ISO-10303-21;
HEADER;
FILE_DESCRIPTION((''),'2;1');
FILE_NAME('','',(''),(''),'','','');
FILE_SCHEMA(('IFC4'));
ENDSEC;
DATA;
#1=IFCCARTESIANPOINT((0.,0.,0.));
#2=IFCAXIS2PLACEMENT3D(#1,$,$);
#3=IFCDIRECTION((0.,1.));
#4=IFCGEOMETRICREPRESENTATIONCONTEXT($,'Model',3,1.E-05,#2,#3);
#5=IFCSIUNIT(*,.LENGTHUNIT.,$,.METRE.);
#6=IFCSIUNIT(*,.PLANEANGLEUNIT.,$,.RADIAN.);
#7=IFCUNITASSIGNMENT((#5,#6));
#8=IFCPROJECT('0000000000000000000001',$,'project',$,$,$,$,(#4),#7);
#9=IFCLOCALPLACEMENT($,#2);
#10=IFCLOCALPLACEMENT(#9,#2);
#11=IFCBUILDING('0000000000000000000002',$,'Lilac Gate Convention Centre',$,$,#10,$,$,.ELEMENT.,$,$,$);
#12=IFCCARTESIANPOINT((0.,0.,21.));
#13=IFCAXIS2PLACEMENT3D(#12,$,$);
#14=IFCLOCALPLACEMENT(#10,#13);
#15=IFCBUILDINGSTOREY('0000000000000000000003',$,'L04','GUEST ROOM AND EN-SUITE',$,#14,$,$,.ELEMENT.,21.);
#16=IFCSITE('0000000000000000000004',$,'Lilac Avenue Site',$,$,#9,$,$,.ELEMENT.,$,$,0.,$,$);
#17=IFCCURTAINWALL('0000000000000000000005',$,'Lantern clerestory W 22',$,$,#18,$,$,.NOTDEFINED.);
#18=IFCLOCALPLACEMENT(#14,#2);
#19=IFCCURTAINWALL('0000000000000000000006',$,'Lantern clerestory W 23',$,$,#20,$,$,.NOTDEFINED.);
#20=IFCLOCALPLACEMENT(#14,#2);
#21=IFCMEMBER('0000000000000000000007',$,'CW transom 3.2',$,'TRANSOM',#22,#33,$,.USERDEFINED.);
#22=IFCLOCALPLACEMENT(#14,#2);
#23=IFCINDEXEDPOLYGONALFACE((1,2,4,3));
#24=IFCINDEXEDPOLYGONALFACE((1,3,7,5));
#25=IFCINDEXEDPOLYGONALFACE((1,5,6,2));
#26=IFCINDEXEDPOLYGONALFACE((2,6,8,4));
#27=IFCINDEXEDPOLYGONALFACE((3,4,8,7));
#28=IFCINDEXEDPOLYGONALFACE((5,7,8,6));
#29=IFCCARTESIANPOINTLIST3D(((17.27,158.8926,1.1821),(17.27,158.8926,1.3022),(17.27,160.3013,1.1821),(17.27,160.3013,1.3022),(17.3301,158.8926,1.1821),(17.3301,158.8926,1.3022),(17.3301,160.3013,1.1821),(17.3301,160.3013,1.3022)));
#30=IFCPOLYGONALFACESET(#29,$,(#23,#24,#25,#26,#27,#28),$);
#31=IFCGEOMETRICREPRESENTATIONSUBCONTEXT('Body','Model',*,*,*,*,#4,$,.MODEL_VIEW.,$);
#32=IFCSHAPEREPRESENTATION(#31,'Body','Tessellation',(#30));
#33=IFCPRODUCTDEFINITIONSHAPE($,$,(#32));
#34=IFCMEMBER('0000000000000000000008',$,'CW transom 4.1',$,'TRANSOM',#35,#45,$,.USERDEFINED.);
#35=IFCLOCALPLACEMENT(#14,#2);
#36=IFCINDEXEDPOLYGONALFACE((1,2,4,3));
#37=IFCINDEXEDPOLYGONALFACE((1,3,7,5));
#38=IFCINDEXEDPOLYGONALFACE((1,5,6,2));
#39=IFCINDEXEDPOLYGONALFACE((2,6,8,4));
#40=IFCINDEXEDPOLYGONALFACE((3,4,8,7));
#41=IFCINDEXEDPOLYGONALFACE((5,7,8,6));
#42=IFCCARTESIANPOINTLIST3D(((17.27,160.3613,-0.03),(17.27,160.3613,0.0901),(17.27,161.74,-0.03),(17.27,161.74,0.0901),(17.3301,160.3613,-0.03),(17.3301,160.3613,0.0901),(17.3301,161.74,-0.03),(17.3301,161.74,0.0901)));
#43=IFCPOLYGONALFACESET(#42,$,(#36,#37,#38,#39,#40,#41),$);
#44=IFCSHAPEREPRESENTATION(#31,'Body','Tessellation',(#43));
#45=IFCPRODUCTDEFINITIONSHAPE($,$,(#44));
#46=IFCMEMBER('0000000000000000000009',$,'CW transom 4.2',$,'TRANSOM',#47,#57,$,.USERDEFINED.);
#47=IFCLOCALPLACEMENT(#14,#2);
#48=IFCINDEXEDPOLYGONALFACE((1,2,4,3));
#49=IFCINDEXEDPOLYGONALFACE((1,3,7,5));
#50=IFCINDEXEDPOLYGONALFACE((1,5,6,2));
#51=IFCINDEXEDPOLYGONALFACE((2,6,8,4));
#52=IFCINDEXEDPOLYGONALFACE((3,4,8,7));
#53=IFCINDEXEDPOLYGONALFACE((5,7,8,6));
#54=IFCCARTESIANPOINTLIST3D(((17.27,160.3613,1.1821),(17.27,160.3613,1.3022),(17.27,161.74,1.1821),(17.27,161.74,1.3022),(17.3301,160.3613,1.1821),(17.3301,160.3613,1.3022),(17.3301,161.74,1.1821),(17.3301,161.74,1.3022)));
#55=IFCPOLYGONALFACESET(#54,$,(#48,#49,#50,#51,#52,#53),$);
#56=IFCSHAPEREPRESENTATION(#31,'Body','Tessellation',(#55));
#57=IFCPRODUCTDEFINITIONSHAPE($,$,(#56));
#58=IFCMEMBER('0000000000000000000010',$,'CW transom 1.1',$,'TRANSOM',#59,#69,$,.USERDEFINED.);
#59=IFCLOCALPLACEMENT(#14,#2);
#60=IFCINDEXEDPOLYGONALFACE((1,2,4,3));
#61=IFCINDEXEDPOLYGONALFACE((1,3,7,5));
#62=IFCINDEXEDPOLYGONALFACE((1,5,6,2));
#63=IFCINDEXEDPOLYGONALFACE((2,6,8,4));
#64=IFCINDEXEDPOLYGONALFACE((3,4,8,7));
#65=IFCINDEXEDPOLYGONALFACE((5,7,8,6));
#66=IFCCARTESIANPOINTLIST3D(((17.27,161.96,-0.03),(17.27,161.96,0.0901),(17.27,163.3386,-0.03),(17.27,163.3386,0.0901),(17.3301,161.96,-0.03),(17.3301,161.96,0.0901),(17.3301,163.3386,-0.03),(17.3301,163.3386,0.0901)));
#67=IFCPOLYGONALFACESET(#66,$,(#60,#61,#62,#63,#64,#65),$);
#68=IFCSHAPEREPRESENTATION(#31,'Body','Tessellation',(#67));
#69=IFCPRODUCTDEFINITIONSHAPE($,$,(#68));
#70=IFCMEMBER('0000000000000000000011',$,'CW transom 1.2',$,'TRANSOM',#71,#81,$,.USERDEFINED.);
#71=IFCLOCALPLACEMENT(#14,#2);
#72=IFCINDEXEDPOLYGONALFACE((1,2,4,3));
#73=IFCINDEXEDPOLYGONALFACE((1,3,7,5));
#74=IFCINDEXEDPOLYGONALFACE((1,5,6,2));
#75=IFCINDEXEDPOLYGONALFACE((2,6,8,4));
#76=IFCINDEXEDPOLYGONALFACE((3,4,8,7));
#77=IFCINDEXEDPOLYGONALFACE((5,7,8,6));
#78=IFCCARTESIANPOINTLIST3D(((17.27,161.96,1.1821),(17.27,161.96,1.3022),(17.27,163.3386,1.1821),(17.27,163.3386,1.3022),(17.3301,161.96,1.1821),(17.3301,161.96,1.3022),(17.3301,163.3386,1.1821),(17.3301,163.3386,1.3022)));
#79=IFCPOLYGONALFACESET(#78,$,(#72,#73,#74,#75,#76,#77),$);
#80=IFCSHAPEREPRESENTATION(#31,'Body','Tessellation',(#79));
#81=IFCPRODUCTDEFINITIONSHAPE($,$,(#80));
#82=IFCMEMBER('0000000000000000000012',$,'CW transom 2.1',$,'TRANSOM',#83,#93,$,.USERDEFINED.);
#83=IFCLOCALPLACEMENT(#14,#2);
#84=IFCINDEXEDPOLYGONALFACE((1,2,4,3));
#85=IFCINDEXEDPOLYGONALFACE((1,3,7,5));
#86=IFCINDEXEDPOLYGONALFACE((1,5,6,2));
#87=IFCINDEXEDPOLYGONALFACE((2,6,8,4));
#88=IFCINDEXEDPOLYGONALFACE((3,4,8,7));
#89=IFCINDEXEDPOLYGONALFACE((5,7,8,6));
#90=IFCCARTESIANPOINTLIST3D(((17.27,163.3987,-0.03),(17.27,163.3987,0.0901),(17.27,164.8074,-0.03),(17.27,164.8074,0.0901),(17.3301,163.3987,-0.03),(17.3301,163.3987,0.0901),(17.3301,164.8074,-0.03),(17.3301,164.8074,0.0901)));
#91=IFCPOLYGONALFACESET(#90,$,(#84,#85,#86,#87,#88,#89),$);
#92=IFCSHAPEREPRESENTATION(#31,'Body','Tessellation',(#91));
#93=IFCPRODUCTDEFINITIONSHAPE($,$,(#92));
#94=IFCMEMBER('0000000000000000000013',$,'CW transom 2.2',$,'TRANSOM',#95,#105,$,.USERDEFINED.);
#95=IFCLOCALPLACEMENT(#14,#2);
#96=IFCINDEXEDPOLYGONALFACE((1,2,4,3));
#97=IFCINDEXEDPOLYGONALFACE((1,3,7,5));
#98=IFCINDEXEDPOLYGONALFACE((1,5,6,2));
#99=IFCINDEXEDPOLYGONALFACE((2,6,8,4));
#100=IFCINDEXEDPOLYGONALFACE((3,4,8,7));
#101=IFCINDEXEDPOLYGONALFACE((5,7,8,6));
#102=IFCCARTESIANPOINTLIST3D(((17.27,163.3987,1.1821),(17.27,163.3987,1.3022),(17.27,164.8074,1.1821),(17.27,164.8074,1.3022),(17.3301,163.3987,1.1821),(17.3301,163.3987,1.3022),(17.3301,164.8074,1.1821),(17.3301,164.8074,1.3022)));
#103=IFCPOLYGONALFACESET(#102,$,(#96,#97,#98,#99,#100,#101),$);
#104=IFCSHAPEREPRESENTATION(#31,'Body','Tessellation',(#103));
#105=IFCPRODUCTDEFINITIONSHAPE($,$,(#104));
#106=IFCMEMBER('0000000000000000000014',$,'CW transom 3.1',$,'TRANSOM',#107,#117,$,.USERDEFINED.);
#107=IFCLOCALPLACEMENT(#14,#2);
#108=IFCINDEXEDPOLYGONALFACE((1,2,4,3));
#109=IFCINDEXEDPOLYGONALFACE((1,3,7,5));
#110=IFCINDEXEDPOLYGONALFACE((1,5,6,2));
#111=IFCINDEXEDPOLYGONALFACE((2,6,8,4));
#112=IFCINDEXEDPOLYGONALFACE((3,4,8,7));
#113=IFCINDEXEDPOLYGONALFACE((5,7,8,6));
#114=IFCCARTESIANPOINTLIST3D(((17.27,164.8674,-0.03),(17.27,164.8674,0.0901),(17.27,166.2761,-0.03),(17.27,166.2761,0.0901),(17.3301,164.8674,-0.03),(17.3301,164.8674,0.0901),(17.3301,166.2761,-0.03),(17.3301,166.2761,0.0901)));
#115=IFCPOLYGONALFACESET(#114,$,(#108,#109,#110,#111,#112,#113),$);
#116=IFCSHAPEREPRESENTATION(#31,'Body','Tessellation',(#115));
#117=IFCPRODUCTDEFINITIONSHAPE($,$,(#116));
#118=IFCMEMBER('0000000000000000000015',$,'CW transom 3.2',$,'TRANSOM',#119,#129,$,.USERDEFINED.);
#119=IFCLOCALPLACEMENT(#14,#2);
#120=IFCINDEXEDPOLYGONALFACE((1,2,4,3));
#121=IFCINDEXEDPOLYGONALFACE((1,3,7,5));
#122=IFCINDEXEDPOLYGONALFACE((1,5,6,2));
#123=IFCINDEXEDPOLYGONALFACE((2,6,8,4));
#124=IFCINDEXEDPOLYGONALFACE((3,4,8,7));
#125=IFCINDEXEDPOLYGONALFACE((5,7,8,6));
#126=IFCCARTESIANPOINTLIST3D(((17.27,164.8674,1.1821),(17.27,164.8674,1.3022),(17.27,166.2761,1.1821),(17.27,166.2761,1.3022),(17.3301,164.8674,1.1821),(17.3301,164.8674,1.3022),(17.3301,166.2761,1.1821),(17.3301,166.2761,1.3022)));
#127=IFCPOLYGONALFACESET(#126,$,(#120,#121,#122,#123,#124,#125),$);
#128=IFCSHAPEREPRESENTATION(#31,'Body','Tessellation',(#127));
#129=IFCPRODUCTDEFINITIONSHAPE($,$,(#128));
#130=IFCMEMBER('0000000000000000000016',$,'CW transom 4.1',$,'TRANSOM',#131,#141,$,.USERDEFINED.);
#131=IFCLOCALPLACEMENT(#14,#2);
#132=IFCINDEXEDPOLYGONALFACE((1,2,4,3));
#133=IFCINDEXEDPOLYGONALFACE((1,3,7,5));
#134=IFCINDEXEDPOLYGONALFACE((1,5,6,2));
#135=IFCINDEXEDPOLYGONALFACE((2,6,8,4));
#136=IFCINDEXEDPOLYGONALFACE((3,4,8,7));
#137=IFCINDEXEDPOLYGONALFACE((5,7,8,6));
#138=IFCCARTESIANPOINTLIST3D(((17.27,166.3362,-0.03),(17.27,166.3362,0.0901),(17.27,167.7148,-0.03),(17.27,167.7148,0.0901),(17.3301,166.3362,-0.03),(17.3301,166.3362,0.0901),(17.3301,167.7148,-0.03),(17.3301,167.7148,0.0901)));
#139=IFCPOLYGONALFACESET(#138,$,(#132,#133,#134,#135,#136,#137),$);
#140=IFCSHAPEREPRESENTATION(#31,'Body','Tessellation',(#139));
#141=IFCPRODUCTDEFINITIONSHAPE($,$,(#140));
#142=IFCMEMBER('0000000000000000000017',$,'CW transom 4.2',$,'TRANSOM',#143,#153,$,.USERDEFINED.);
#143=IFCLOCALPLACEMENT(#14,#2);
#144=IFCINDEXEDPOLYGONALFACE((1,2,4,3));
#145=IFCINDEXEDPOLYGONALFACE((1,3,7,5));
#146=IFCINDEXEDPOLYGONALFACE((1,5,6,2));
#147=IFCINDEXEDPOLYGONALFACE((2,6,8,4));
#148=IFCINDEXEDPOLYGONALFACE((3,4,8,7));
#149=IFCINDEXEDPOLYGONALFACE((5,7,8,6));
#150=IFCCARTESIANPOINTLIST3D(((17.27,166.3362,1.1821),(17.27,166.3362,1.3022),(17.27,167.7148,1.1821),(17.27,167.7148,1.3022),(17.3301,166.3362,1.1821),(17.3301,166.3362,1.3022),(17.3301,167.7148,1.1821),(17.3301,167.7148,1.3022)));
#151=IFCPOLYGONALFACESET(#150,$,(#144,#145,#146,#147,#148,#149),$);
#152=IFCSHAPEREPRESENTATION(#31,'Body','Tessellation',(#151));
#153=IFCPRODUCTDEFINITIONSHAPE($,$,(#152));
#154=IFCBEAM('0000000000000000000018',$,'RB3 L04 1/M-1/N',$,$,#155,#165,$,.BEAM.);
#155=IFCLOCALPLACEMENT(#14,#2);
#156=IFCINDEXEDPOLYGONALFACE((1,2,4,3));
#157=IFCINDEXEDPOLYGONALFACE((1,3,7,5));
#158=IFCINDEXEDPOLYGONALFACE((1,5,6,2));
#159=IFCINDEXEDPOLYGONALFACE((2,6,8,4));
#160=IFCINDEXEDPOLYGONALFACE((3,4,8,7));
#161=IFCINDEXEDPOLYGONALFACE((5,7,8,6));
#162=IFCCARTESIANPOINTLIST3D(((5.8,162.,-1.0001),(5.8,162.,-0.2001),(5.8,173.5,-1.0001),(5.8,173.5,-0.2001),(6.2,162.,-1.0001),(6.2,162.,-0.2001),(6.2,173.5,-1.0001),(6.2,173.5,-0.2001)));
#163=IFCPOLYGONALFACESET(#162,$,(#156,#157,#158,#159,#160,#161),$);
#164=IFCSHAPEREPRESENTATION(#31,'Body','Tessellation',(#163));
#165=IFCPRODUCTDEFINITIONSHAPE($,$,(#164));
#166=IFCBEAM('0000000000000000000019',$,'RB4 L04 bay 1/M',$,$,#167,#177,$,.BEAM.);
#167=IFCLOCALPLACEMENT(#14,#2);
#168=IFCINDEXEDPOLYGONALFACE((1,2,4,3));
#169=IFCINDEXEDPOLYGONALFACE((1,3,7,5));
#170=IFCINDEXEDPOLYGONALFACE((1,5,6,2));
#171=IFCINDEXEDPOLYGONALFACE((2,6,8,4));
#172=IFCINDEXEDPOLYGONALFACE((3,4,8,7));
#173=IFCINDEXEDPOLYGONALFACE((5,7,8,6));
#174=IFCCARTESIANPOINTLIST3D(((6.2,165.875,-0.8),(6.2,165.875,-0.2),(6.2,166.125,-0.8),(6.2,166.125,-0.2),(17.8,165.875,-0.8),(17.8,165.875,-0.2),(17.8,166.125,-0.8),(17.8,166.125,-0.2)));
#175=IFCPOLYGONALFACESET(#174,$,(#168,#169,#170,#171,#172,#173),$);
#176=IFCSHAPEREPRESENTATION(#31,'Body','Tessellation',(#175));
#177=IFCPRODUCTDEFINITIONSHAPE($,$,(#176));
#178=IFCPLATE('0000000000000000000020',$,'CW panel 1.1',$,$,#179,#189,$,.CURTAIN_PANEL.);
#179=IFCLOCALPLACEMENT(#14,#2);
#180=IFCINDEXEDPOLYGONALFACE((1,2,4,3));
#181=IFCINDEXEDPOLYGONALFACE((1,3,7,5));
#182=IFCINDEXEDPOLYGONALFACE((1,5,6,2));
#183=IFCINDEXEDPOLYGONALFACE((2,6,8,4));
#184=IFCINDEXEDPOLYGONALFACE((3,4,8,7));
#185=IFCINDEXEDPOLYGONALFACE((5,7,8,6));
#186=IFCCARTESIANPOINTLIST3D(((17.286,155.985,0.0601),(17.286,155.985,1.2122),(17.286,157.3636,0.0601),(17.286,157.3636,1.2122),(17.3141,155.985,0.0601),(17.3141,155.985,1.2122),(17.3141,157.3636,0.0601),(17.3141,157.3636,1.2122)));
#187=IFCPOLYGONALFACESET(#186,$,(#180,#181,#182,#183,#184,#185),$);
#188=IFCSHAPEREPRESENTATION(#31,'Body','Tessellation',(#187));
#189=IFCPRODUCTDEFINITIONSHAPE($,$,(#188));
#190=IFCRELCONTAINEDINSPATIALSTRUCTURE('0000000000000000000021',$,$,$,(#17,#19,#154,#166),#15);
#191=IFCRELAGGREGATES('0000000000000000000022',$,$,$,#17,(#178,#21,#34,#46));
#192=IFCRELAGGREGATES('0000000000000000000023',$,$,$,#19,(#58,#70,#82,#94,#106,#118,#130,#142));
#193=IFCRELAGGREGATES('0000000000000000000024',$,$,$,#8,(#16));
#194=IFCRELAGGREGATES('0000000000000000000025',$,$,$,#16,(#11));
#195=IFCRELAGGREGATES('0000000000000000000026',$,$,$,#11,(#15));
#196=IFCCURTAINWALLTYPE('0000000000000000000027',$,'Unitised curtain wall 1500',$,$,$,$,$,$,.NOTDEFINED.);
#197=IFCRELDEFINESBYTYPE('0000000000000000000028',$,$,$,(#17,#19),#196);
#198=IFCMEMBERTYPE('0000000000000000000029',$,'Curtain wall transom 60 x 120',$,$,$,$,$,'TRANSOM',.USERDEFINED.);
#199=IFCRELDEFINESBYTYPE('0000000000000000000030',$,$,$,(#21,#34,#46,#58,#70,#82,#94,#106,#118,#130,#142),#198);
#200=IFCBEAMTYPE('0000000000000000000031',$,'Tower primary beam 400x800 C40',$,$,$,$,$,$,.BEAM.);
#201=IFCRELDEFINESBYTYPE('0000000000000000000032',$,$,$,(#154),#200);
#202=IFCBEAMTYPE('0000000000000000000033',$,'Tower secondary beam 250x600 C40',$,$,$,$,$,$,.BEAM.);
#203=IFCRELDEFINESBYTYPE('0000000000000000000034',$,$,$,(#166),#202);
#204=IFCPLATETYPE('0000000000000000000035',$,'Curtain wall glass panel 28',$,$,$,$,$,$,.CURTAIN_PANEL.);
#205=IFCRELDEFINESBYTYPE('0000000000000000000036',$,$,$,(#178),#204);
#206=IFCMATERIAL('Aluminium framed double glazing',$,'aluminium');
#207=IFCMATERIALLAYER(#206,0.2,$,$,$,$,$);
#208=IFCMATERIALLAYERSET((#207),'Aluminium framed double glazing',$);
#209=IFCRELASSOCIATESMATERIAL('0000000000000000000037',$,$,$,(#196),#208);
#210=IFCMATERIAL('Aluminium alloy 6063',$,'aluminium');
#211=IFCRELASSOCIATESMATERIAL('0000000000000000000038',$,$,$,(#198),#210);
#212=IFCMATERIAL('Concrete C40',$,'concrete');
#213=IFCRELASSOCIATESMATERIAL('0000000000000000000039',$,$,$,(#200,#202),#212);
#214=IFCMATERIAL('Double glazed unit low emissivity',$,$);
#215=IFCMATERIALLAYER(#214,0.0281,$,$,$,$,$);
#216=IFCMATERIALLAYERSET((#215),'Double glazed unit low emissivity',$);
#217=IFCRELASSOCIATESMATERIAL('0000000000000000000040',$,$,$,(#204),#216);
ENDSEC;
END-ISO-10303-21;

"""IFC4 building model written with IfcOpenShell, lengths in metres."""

from ifc_helpers import new_model, si_unit, direction, frame, origin, origin_2d, place, context, subcontext, project, spatial, rectangle, extrude, material, layer, layer_set, material_profile, profile_set, type_object, element, aggregate, save


model = new_model("IFC4")

# Units and contexts
model_context = context("Model", 3, precision=1e-05, world=origin(), true_north=direction((0.0, 1.0)))
body_context = subcontext(model_context, "Body", "Model", "MODEL_VIEW")
ifc_project = project(units=[si_unit("LENGTHUNIT", "METRE"), si_unit("PLANEANGLEUNIT", "RADIAN")], contexts=[model_context])

# Site, building, storey
site_placement = place(None, origin())
site = spatial("IfcSite", under=ifc_project, at=site_placement, Name="Lilac Avenue Site", CompositionType="ELEMENT", RefElevation=0.0)
building_placement = place(site_placement, origin())
building = spatial("IfcBuilding", under=site, at=building_placement, Name="Lilac Gate Convention Centre", CompositionType="ELEMENT")
storey_placement = place(building_placement, frame((0.0, 0.0, 21.0)))
storey = spatial("IfcBuildingStorey", under=building, at=storey_placement, Name="L04", Description="GUEST ROOM AND EN-SUITE", CompositionType="ELEMENT", Elevation=21.0)

# Shared definitions
ifc_material_1 = material(Name="Aluminium framed double glazing", Category="aluminium")
ifc_layer_1 = layer(ifc_material_1, 0.2)
ifc_layer_set_1 = layer_set([ifc_layer_1], Name="Aluminium framed double glazing")
curtain_wall_type = type_object("IfcCurtainWallType", Name="Unitised curtain wall 1500", PredefinedType="NOTDEFINED", material=ifc_layer_set_1)
ifc_material_2 = material(Name="Aluminium alloy 6063", Category="aluminium")

# Curtain walls
curtain_wall_1_placement = place(storey_placement, origin())
curtain_wall_1 = element("IfcCurtainWall", 1, at=curtain_wall_1_placement, inside=storey, type_object=curtain_wall_type, Name="Lantern clerestory W 22", PredefinedType="NOTDEFINED")
curtain_wall_2_placement = place(storey_placement, origin())
curtain_wall_2 = element("IfcCurtainWall", 2, at=curtain_wall_2_placement, inside=storey, type_object=curtain_wall_type, Name="Lantern clerestory W 23", PredefinedType="NOTDEFINED")

# Members
ifc_material_profile_1 = material_profile(ifc_material_2, rectangle(XDim=0.0601, YDim=0.1201, at=origin_2d()), Name="Curtain wall transom 60 x 120")
ifc_profile_set_1 = profile_set([ifc_material_profile_1], Name="Aluminium alloy 6063")
member_type_1 = type_object("IfcMemberType", Name="Curtain wall transom 60 x 120", ElementType="TRANSOM", PredefinedType="USERDEFINED", material=ifc_profile_set_1)
member_1_placement = place(storey_placement, frame((17.3, 158.8926, 1.2422), z_axis=(0.0, 1.0, 0.0), x_axis=(-1.0, 0.0, 0.0)))
member_1 = element("IfcMember", 3, at=member_1_placement, type_object=member_type_1, Name="CW transom 3.2", ObjectType="TRANSOM", PredefinedType="USERDEFINED", context=body_context, shape_type="SweptSolid", body=[
    extrude(rectangle(XDim=0.0601, YDim=0.1201, at=origin_2d()), origin(), (0.0, 0.0, 1.0), 1.4087),
])
member_2_placement = place(storey_placement, frame((17.3, 160.3613, 0.03), z_axis=(0.0, 1.0, 0.0), x_axis=(-1.0, 0.0, 0.0)))
member_2 = element("IfcMember", 4, at=member_2_placement, type_object=member_type_1, Name="CW transom 4.1", ObjectType="TRANSOM", PredefinedType="USERDEFINED", context=body_context, shape_type="SweptSolid", body=[
    extrude(rectangle(XDim=0.0601, YDim=0.1201, at=origin_2d()), origin(), (0.0, 0.0, 1.0), 1.3787),
])
member_3_placement = place(storey_placement, frame((17.3, 160.3613, 1.2422), z_axis=(0.0, 1.0, 0.0), x_axis=(-1.0, 0.0, 0.0)))
member_3 = element("IfcMember", 5, at=member_3_placement, type_object=member_type_1, Name="CW transom 4.2", ObjectType="TRANSOM", PredefinedType="USERDEFINED", context=body_context, shape_type="SweptSolid", body=[
    extrude(rectangle(XDim=0.0601, YDim=0.1201, at=origin_2d()), origin(), (0.0, 0.0, 1.0), 1.3787),
])
member_4_placement = place(storey_placement, frame((17.3, 161.96, 0.03), z_axis=(0.0, 1.0, 0.0), x_axis=(-1.0, 0.0, 0.0)))
member_4 = element("IfcMember", 6, at=member_4_placement, type_object=member_type_1, Name="CW transom 1.1", ObjectType="TRANSOM", PredefinedType="USERDEFINED", context=body_context, shape_type="SweptSolid", body=[
    extrude(rectangle(XDim=0.0601, YDim=0.1201, at=origin_2d()), origin(), (0.0, 0.0, 1.0), 1.3787),
])
member_5_placement = place(storey_placement, frame((17.3, 161.96, 1.2422), z_axis=(0.0, 1.0, 0.0), x_axis=(-1.0, 0.0, 0.0)))
member_5 = element("IfcMember", 7, at=member_5_placement, type_object=member_type_1, Name="CW transom 1.2", ObjectType="TRANSOM", PredefinedType="USERDEFINED", context=body_context, shape_type="SweptSolid", body=[
    extrude(rectangle(XDim=0.0601, YDim=0.1201, at=origin_2d()), origin(), (0.0, 0.0, 1.0), 1.3787),
])
member_6_placement = place(storey_placement, frame((17.3, 163.3987, 0.03), z_axis=(0.0, 1.0, 0.0), x_axis=(-1.0, 0.0, 0.0)))
member_6 = element("IfcMember", 8, at=member_6_placement, type_object=member_type_1, Name="CW transom 2.1", ObjectType="TRANSOM", PredefinedType="USERDEFINED", context=body_context, shape_type="SweptSolid", body=[
    extrude(rectangle(XDim=0.0601, YDim=0.1201, at=origin_2d()), origin(), (0.0, 0.0, 1.0), 1.4087),
])
member_7_placement = place(storey_placement, frame((17.3, 163.3987, 1.2422), z_axis=(0.0, 1.0, 0.0), x_axis=(-1.0, 0.0, 0.0)))
member_7 = element("IfcMember", 9, at=member_7_placement, type_object=member_type_1, Name="CW transom 2.2", ObjectType="TRANSOM", PredefinedType="USERDEFINED", context=body_context, shape_type="SweptSolid", body=[
    extrude(rectangle(XDim=0.0601, YDim=0.1201, at=origin_2d()), origin(), (0.0, 0.0, 1.0), 1.4087),
])
member_8_placement = place(storey_placement, frame((17.3, 164.8674, 0.03), z_axis=(0.0, 1.0, 0.0), x_axis=(-1.0, 0.0, 0.0)))
member_8 = element("IfcMember", 10, at=member_8_placement, type_object=member_type_1, Name="CW transom 3.1", ObjectType="TRANSOM", PredefinedType="USERDEFINED", context=body_context, shape_type="SweptSolid", body=[
    extrude(rectangle(XDim=0.0601, YDim=0.1201, at=origin_2d()), origin(), (0.0, 0.0, 1.0), 1.4087),
])
member_9_placement = place(storey_placement, frame((17.3, 164.8674, 1.2422), z_axis=(0.0, 1.0, 0.0), x_axis=(-1.0, 0.0, 0.0)))
member_9 = element("IfcMember", 11, at=member_9_placement, type_object=member_type_1, Name="CW transom 3.2", ObjectType="TRANSOM", PredefinedType="USERDEFINED", context=body_context, shape_type="SweptSolid", body=[
    extrude(rectangle(XDim=0.0601, YDim=0.1201, at=origin_2d()), origin(), (0.0, 0.0, 1.0), 1.4087),
])
member_10_placement = place(storey_placement, frame((17.3, 166.3362, 0.03), z_axis=(0.0, 1.0, 0.0), x_axis=(-1.0, 0.0, 0.0)))
member_10 = element("IfcMember", 12, at=member_10_placement, type_object=member_type_1, Name="CW transom 4.1", ObjectType="TRANSOM", PredefinedType="USERDEFINED", context=body_context, shape_type="SweptSolid", body=[
    extrude(rectangle(XDim=0.0601, YDim=0.1201, at=origin_2d()), origin(), (0.0, 0.0, 1.0), 1.3787),
])
member_11_placement = place(storey_placement, frame((17.3, 166.3362, 1.2422), z_axis=(0.0, 1.0, 0.0), x_axis=(-1.0, 0.0, 0.0)))
member_11 = element("IfcMember", 13, at=member_11_placement, type_object=member_type_1, Name="CW transom 4.2", ObjectType="TRANSOM", PredefinedType="USERDEFINED", context=body_context, shape_type="SweptSolid", body=[
    extrude(rectangle(XDim=0.0601, YDim=0.1201, at=origin_2d()), origin(), (0.0, 0.0, 1.0), 1.3787),
])

# Beams
ifc_material_3 = material(Name="Concrete C40", Category="concrete")
ifc_material_profile_2 = material_profile(ifc_material_3, rectangle(XDim=0.3999, YDim=0.8, at=origin_2d()), Name="RC 400x800")
ifc_profile_set_2 = profile_set([ifc_material_profile_2], Name="Concrete C40")
beam_type_1 = type_object("IfcBeamType", Name="Tower primary beam 400x800 C40", PredefinedType="BEAM", material=ifc_profile_set_2)
beam_1_placement = place(storey_placement, frame((6.0, 162.0, -0.6001), z_axis=(0.0, 1.0, 0.0), x_axis=(-1.0, 0.0, 0.0)))
element("IfcBeam", 14, at=beam_1_placement, inside=storey, type_object=beam_type_1, Name="RB3 L04 1/M-1/N", PredefinedType="BEAM", context=body_context, shape_type="SweptSolid", body=[
    extrude(rectangle(XDim=0.3999, YDim=0.8, at=origin_2d()), origin(), (0.0, 0.0, 1.0), 11.5),
])
ifc_material_profile_3 = material_profile(ifc_material_3, rectangle(XDim=0.25, YDim=0.6001, at=origin_2d()), Name="RC 250x600")
ifc_profile_set_3 = profile_set([ifc_material_profile_3], Name="Concrete C40")
beam_type_2 = type_object("IfcBeamType", Name="Tower secondary beam 250x600 C40", PredefinedType="BEAM", material=ifc_profile_set_3)
beam_2_placement = place(storey_placement, frame((6.2, 166.0, -0.5), z_axis=(1.0, 0.0, 0.0), x_axis=(0.0, 1.0, 0.0)))
element("IfcBeam", 15, at=beam_2_placement, inside=storey, type_object=beam_type_2, Name="RB4 L04 bay 1/M", PredefinedType="BEAM", context=body_context, shape_type="SweptSolid", body=[
    extrude(rectangle(XDim=0.25, YDim=0.6001, at=origin_2d()), origin(), (0.0, 0.0, 1.0), 11.6001),
])

# Plate
ifc_material_4 = material(Name="Double glazed unit low emissivity")
ifc_layer_2 = layer(ifc_material_4, 0.0281)
ifc_layer_set_2 = layer_set([ifc_layer_2], Name="Double glazed unit low emissivity")
plate_type = type_object("IfcPlateType", Name="Curtain wall glass panel 28", PredefinedType="CURTAIN_PANEL", material=ifc_layer_set_2)
plate_1_placement = place(storey_placement, frame((17.3, 156.6743, 0.0601), z_axis=(0.0, 0.0, 1.0), x_axis=(0.0, 1.0, 0.0)))
plate_1 = element("IfcPlate", 16, at=plate_1_placement, type_object=plate_type, Name="CW panel 1.1", PredefinedType="CURTAIN_PANEL", context=body_context, shape_type="SweptSolid", body=[
    extrude(rectangle(XDim=1.3787, YDim=0.0281, at=origin_2d()), origin(), (0.0, 0.0, 1.0), 1.1521),
])
aggregate(curtain_wall_1, [plate_1, member_1, member_2, member_3])
aggregate(curtain_wall_2, [member_4, member_5, member_6, member_7, member_8, member_9, member_10, member_11])

save(model, "model.ifc")
